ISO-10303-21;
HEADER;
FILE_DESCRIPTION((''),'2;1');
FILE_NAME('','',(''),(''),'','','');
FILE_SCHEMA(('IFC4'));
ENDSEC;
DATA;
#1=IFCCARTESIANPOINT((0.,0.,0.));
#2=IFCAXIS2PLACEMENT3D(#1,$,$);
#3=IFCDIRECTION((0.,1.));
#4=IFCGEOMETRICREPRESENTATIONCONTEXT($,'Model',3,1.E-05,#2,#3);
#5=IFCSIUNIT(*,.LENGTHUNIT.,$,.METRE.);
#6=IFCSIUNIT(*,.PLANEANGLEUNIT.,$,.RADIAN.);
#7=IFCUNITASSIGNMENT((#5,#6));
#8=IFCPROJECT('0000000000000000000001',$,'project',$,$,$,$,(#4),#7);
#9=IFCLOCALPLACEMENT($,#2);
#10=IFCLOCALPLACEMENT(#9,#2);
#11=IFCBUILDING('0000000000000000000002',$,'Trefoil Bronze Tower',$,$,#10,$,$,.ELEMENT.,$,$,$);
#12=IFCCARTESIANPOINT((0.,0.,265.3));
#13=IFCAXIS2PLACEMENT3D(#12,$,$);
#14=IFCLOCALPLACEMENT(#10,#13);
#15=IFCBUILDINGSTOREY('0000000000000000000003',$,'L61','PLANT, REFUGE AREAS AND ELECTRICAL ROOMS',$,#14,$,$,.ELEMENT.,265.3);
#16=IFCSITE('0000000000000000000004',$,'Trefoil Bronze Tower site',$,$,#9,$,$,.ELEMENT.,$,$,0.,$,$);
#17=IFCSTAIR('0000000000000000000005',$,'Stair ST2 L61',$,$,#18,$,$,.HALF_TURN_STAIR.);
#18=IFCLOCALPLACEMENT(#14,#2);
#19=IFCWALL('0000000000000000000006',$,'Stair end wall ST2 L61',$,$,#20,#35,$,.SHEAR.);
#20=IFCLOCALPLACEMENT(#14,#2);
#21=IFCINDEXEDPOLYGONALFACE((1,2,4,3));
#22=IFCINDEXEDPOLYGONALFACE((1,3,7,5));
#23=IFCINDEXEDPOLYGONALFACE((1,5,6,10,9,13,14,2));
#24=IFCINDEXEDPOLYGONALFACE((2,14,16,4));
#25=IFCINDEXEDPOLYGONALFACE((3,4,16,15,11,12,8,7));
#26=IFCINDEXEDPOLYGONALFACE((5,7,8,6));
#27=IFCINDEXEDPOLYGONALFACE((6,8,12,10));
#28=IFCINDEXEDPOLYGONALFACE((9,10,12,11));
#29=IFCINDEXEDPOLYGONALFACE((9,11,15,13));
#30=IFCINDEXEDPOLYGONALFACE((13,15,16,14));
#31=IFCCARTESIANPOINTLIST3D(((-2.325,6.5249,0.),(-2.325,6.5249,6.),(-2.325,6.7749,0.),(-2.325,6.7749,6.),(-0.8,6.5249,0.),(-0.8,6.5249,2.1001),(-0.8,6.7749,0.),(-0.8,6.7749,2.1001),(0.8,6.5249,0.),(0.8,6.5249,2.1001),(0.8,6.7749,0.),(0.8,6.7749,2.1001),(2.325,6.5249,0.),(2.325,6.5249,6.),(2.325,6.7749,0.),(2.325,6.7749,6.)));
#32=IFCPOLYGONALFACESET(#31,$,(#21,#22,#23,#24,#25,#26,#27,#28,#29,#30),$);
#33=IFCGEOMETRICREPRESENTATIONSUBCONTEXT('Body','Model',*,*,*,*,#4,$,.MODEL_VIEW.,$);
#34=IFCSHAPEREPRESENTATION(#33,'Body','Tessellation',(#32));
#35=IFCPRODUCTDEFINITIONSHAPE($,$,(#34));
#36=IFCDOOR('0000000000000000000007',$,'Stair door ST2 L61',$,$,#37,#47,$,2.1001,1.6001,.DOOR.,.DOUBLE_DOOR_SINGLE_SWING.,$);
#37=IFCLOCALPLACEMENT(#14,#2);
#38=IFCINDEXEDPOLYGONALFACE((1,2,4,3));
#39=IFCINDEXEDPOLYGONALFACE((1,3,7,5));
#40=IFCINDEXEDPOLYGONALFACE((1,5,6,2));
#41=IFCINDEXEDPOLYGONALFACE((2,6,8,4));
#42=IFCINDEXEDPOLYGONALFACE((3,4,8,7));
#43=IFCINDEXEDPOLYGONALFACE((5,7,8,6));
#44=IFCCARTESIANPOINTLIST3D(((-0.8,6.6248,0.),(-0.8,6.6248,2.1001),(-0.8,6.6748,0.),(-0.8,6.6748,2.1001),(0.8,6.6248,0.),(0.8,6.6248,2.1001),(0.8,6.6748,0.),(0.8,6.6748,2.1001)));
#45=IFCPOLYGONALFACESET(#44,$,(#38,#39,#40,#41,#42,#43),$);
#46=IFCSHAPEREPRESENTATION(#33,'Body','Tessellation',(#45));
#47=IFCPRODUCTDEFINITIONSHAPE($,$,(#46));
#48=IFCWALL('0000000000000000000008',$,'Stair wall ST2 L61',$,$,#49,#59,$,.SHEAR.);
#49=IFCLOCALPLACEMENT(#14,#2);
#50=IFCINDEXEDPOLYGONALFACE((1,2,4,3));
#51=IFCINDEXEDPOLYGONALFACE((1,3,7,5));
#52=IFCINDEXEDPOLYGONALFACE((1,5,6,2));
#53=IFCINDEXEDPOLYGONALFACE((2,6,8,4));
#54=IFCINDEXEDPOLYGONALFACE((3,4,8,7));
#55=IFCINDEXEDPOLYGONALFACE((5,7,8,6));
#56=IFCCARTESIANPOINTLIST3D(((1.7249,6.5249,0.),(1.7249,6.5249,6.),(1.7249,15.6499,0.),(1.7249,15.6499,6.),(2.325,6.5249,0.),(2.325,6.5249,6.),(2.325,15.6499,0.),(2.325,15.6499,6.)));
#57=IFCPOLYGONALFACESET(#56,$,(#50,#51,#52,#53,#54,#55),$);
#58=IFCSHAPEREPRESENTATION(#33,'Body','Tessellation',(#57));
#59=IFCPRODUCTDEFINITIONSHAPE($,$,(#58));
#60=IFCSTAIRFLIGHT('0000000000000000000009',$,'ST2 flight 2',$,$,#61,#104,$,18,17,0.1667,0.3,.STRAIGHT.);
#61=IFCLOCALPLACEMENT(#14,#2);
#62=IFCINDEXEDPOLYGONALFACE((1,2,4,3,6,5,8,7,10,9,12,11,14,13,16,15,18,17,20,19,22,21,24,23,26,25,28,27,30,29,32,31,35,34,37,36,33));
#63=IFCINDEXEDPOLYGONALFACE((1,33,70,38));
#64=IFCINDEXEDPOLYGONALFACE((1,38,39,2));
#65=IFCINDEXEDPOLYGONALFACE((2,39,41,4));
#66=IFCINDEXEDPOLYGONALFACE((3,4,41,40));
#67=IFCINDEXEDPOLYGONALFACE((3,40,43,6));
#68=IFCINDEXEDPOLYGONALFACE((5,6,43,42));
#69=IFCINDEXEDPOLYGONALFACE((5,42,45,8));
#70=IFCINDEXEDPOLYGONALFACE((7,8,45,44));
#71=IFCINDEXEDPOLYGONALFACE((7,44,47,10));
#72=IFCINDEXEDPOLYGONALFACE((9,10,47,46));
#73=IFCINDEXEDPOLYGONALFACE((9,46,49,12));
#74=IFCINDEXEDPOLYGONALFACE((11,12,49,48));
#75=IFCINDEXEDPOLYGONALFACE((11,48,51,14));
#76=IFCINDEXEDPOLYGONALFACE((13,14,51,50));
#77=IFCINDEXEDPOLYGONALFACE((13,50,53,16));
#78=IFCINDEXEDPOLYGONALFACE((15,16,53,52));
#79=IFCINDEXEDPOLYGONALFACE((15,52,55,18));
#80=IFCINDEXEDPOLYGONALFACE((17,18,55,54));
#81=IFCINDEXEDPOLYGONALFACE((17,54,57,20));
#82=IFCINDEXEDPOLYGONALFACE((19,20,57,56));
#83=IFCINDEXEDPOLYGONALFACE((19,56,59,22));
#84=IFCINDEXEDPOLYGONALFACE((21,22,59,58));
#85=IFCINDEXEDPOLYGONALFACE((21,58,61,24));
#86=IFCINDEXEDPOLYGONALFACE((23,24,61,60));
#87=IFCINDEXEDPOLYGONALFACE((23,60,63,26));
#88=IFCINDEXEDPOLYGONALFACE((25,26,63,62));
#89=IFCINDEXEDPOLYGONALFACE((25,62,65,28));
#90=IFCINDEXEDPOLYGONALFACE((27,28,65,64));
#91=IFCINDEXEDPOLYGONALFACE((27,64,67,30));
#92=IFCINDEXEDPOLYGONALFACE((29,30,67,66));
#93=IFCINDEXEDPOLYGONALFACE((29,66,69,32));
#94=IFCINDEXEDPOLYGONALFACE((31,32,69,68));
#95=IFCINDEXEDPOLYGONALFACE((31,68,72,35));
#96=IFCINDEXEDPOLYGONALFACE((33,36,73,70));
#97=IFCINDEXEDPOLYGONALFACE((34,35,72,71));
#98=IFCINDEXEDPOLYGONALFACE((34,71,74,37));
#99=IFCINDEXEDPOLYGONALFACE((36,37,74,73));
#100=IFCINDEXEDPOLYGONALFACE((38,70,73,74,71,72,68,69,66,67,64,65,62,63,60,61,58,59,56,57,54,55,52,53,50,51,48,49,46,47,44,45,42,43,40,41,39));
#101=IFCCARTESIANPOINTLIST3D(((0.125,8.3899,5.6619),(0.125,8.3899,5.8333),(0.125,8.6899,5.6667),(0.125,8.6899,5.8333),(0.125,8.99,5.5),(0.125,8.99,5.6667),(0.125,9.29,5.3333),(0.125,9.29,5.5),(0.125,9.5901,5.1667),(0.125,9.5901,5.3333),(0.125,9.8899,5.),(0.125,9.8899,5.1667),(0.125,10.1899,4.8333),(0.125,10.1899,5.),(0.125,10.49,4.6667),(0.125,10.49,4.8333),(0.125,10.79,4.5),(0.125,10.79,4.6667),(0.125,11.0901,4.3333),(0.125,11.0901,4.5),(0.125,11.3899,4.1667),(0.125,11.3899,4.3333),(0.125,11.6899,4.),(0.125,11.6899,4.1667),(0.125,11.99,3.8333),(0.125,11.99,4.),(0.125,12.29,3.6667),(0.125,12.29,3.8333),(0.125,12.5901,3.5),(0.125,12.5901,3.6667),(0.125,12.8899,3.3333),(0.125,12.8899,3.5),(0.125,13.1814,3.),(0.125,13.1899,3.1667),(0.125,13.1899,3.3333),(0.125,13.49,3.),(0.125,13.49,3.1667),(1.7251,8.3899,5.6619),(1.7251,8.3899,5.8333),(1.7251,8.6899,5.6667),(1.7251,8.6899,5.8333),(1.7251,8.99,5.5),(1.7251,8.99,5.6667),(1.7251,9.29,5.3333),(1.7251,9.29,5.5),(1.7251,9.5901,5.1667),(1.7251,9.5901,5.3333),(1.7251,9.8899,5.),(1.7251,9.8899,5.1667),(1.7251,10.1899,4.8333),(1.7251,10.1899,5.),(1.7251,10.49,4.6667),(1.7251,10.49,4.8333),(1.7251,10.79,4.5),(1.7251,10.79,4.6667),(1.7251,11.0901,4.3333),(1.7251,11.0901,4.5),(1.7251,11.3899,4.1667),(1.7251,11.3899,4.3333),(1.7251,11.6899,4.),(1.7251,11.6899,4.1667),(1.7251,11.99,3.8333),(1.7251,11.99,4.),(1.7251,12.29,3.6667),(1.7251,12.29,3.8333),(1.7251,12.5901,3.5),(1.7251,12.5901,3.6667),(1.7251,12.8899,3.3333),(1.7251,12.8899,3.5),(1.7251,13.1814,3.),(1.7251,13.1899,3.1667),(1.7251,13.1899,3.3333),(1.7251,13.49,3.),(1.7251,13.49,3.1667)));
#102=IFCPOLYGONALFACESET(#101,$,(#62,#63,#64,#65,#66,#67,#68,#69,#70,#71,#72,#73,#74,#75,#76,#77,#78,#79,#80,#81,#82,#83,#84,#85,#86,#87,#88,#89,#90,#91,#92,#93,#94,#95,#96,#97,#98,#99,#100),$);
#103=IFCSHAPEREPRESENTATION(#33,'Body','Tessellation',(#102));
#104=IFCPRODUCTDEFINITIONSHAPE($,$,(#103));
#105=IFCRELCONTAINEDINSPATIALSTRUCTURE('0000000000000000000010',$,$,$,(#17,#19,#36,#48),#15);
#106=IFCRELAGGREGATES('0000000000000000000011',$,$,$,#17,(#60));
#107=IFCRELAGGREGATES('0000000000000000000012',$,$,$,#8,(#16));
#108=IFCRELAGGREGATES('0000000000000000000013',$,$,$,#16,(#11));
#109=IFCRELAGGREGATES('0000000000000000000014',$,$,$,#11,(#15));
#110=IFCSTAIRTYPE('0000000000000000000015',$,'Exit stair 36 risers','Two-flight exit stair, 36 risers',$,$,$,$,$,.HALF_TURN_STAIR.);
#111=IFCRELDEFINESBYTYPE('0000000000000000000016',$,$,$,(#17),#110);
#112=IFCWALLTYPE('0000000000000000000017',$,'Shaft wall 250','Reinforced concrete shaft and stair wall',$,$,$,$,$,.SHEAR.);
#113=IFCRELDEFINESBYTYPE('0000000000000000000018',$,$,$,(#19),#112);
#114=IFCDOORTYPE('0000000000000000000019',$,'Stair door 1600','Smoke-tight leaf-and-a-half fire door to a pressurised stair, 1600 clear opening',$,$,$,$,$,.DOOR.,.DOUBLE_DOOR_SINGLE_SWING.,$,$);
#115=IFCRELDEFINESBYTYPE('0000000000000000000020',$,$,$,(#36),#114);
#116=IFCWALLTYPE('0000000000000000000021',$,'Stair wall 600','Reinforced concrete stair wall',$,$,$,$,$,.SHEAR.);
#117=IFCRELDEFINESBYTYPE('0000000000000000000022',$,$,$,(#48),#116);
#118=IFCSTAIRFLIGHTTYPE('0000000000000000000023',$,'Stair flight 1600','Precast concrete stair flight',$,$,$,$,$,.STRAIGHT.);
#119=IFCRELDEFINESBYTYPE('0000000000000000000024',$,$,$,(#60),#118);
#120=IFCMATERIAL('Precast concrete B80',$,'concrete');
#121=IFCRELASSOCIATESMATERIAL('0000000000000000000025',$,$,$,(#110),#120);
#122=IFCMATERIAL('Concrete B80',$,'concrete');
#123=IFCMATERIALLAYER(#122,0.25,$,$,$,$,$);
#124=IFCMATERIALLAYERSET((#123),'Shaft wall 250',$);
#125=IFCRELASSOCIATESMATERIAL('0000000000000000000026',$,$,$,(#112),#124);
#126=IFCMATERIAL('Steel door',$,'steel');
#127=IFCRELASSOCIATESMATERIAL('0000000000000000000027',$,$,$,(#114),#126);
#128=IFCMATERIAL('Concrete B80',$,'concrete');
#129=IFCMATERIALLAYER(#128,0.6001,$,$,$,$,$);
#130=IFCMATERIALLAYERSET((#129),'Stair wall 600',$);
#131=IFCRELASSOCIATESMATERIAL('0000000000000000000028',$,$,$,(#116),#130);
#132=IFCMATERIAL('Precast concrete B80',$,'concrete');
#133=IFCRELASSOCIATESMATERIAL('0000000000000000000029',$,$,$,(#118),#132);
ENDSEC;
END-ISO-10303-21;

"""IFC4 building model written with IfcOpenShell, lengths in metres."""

from ifc_helpers import new_model, si_unit, direction, frame, frame_2d, origin, place, context, subcontext, project, spatial, polyline, rectangle, outline, extrude, material, layer, layer_set, type_object, element, fill, aggregate, save


model = new_model("IFC4")

# Units and contexts
model_context = context("Model", 3, precision=1e-05, world=origin(), true_north=direction((0.0, 1.0)))
body_context = subcontext(model_context, "Body", "Model", "MODEL_VIEW")
ifc_project = project(units=[si_unit("LENGTHUNIT", "METRE"), si_unit("PLANEANGLEUNIT", "RADIAN")], contexts=[model_context])

# Site, building, storey
site_placement = place(None, origin())
site = spatial("IfcSite", under=ifc_project, at=site_placement, Name="Trefoil Bronze Tower site", CompositionType="ELEMENT", RefElevation=0.0)
building_placement = place(site_placement, origin())
building = spatial("IfcBuilding", under=site, at=building_placement, Name="Trefoil Bronze Tower", CompositionType="ELEMENT")
storey_placement = place(building_placement, frame((0.0, 0.0, 265.3)))
storey = spatial("IfcBuildingStorey", under=building, at=storey_placement, Name="L61", Description="PLANT, REFUGE AREAS AND ELECTRICAL ROOMS", CompositionType="ELEMENT", Elevation=265.3)

# Stair
ifc_material_1 = material(Name="Precast concrete B80", Category="concrete")
stair_type = type_object("IfcStairType", Name="Exit stair 36 risers", Description="Two-flight exit stair, 36 risers", PredefinedType="HALF_TURN_STAIR", material=ifc_material_1)
stair_1_placement = place(storey_placement, origin())
stair_1 = element("IfcStair", 1, at=stair_1_placement, inside=storey, type_object=stair_type, Name="Stair ST2 L61", PredefinedType="HALF_TURN_STAIR")

# Shared definitions
ifc_material_2 = material(Name="Concrete B80", Category="concrete")
ifc_layer_1 = layer(ifc_material_2, 0.25)
ifc_layer_set_1 = layer_set([ifc_layer_1], Name="Shaft wall 250")
wall_type_1 = type_object("IfcWallType", Name="Shaft wall 250", Description="Reinforced concrete shaft and stair wall", PredefinedType="SHEAR", material=ifc_layer_set_1)

# Wall, opening, door
wall_1_placement = place(storey_placement, frame((2.325, 6.6499, 0.0), z_axis=(0.0, 0.0, 1.0), x_axis=(-1.0, 0.0, 0.0)))
wall_1 = element("IfcWall", 2, at=wall_1_placement, inside=storey, type_object=wall_type_1, Name="Stair end wall ST2 L61", PredefinedType="SHEAR", context=body_context, shape_type="SweptSolid", body=[
    extrude(rectangle(XDim=4.6499, YDim=0.25, at=frame_2d((2.325, 0.0))), origin(), (0.0, 0.0, 1.0), 6.0),
])
opening_1_placement = place(wall_1_placement, frame((1.5249, 0.0, 0.0)))
opening_1 = element("IfcOpeningElement", 3, at=opening_1_placement, cuts=wall_1, PredefinedType="OPENING", context=body_context, shape_type="SweptSolid", body=[
    extrude(rectangle(XDim=1.6001, YDim=2.1001, at=frame_2d((0.8, 1.05))), frame((0.0, 0.135, 0.0), z_axis=(0.0, -1.0, 0.0), x_axis=(1.0, 0.0, 0.0)), (0.0, 0.0, 1.0), 0.27),
])
ifc_material_3 = material(Name="Steel door", Category="steel")
door_type_1 = type_object("IfcDoorType", Name="Stair door 1600", Description="Smoke-tight leaf-and-a-half fire door to a pressurised stair, 1600 clear opening", OperationType="DOUBLE_DOOR_SINGLE_SWING", PredefinedType="DOOR", material=ifc_material_3)
door_1_placement = place(opening_1_placement, frame((1.6001, 0.0, 0.0), z_axis=(0.0, 0.0, 1.0), x_axis=(-1.0, 0.0, 0.0)))
door_1 = element("IfcDoor", 4, at=door_1_placement, inside=storey, type_object=door_type_1, Name="Stair door ST2 L61", OperationType="DOUBLE_DOOR_SINGLE_SWING", OverallHeight=2.1001, OverallWidth=1.6001, PredefinedType="DOOR", context=body_context, shape_type="SweptSolid", body=[
    extrude(rectangle(XDim=1.6001, YDim=2.1001, at=frame_2d((0.8, 1.05))), frame((0.0, 0.0249, 0.0), z_axis=(0.0, -1.0, 0.0), x_axis=(1.0, 0.0, 0.0)), (0.0, 0.0, 1.0), 0.05),
])
fill(opening_1, door_1)

# Wall
ifc_material_4 = material(Name="Concrete B80", Category="concrete")
ifc_layer_2 = layer(ifc_material_4, 0.6001)
ifc_layer_set_2 = layer_set([ifc_layer_2], Name="Stair wall 600")
wall_type_2 = type_object("IfcWallType", Name="Stair wall 600", Description="Reinforced concrete stair wall", PredefinedType="SHEAR", material=ifc_layer_set_2)
wall_2_placement = place(storey_placement, frame((2.0249, 6.5249, 0.0), z_axis=(0.0, 0.0, 1.0), x_axis=(0.0, 1.0, 0.0)))
element("IfcWall", 5, at=wall_2_placement, inside=storey, type_object=wall_type_2, Name="Stair wall ST2 L61", PredefinedType="SHEAR", context=body_context, shape_type="SweptSolid", body=[
    extrude(rectangle(XDim=9.125, YDim=0.6001, at=frame_2d((4.5625, 0.0))), origin(), (0.0, 0.0, 1.0), 6.0),
])

# Stair flight
ifc_material_5 = material(Name="Precast concrete B80", Category="concrete")
stair_flight_type = type_object("IfcStairFlightType", Name="Stair flight 1600", Description="Precast concrete stair flight", PredefinedType="STRAIGHT", material=ifc_material_5)
stair_flight_placement = place(storey_placement, frame((0.925, 13.49, 3.0), z_axis=(0.0, 0.0, 1.0), x_axis=(0.0, -1.0, 0.0)))
stair_flight = element("IfcStairFlight", 6, at=stair_flight_placement, type_object=stair_flight_type, Name="ST2 flight 2", NumberOfRisers=18, NumberOfTreads=17, PredefinedType="STRAIGHT", RiserHeight=0.1667, TreadLength=0.3, context=body_context, shape_type="SweptSolid", body=[
    extrude(outline(polyline([(0.0, 0.0), (0.0, 0.1667), (0.3, 0.1667), (0.3, 0.3333), (0.6001, 0.3333), (0.6001, 0.5), (0.8999, 0.5), (0.8999, 0.6667), (1.2, 0.6667), (1.2, 0.8333), (1.5, 0.8333), (1.5, 1.0), (1.8, 1.0), (1.8, 1.1667), (2.1001, 1.1667), (2.1001, 1.3333), (2.3999, 1.3333), (2.3999, 1.5), (2.7, 1.5), (2.7, 1.6667), (3.0, 1.6667), (3.0, 1.8333), (3.3, 1.8333), (3.3, 2.0), (3.6001, 2.0), (3.6001, 2.1667), (3.8999, 2.1667), (3.8999, 2.3333), (4.2, 2.3333), (4.2, 2.5), (4.5, 2.5), (4.5, 2.6667), (4.8, 2.6667), (4.8, 2.8333), (5.1001, 2.8333), (5.1001, 3.0), (5.1001, 2.6619), (0.3086, 0.0), (0.0, 0.0)])), frame((0.0, 0.8, 0.0), z_axis=(0.0, -1.0, 0.0), x_axis=(1.0, 0.0, 0.0)), (0.0, 0.0, 1.0), 1.6001),
])
aggregate(stair_1, [stair_flight])

save(model, "model.ifc")
